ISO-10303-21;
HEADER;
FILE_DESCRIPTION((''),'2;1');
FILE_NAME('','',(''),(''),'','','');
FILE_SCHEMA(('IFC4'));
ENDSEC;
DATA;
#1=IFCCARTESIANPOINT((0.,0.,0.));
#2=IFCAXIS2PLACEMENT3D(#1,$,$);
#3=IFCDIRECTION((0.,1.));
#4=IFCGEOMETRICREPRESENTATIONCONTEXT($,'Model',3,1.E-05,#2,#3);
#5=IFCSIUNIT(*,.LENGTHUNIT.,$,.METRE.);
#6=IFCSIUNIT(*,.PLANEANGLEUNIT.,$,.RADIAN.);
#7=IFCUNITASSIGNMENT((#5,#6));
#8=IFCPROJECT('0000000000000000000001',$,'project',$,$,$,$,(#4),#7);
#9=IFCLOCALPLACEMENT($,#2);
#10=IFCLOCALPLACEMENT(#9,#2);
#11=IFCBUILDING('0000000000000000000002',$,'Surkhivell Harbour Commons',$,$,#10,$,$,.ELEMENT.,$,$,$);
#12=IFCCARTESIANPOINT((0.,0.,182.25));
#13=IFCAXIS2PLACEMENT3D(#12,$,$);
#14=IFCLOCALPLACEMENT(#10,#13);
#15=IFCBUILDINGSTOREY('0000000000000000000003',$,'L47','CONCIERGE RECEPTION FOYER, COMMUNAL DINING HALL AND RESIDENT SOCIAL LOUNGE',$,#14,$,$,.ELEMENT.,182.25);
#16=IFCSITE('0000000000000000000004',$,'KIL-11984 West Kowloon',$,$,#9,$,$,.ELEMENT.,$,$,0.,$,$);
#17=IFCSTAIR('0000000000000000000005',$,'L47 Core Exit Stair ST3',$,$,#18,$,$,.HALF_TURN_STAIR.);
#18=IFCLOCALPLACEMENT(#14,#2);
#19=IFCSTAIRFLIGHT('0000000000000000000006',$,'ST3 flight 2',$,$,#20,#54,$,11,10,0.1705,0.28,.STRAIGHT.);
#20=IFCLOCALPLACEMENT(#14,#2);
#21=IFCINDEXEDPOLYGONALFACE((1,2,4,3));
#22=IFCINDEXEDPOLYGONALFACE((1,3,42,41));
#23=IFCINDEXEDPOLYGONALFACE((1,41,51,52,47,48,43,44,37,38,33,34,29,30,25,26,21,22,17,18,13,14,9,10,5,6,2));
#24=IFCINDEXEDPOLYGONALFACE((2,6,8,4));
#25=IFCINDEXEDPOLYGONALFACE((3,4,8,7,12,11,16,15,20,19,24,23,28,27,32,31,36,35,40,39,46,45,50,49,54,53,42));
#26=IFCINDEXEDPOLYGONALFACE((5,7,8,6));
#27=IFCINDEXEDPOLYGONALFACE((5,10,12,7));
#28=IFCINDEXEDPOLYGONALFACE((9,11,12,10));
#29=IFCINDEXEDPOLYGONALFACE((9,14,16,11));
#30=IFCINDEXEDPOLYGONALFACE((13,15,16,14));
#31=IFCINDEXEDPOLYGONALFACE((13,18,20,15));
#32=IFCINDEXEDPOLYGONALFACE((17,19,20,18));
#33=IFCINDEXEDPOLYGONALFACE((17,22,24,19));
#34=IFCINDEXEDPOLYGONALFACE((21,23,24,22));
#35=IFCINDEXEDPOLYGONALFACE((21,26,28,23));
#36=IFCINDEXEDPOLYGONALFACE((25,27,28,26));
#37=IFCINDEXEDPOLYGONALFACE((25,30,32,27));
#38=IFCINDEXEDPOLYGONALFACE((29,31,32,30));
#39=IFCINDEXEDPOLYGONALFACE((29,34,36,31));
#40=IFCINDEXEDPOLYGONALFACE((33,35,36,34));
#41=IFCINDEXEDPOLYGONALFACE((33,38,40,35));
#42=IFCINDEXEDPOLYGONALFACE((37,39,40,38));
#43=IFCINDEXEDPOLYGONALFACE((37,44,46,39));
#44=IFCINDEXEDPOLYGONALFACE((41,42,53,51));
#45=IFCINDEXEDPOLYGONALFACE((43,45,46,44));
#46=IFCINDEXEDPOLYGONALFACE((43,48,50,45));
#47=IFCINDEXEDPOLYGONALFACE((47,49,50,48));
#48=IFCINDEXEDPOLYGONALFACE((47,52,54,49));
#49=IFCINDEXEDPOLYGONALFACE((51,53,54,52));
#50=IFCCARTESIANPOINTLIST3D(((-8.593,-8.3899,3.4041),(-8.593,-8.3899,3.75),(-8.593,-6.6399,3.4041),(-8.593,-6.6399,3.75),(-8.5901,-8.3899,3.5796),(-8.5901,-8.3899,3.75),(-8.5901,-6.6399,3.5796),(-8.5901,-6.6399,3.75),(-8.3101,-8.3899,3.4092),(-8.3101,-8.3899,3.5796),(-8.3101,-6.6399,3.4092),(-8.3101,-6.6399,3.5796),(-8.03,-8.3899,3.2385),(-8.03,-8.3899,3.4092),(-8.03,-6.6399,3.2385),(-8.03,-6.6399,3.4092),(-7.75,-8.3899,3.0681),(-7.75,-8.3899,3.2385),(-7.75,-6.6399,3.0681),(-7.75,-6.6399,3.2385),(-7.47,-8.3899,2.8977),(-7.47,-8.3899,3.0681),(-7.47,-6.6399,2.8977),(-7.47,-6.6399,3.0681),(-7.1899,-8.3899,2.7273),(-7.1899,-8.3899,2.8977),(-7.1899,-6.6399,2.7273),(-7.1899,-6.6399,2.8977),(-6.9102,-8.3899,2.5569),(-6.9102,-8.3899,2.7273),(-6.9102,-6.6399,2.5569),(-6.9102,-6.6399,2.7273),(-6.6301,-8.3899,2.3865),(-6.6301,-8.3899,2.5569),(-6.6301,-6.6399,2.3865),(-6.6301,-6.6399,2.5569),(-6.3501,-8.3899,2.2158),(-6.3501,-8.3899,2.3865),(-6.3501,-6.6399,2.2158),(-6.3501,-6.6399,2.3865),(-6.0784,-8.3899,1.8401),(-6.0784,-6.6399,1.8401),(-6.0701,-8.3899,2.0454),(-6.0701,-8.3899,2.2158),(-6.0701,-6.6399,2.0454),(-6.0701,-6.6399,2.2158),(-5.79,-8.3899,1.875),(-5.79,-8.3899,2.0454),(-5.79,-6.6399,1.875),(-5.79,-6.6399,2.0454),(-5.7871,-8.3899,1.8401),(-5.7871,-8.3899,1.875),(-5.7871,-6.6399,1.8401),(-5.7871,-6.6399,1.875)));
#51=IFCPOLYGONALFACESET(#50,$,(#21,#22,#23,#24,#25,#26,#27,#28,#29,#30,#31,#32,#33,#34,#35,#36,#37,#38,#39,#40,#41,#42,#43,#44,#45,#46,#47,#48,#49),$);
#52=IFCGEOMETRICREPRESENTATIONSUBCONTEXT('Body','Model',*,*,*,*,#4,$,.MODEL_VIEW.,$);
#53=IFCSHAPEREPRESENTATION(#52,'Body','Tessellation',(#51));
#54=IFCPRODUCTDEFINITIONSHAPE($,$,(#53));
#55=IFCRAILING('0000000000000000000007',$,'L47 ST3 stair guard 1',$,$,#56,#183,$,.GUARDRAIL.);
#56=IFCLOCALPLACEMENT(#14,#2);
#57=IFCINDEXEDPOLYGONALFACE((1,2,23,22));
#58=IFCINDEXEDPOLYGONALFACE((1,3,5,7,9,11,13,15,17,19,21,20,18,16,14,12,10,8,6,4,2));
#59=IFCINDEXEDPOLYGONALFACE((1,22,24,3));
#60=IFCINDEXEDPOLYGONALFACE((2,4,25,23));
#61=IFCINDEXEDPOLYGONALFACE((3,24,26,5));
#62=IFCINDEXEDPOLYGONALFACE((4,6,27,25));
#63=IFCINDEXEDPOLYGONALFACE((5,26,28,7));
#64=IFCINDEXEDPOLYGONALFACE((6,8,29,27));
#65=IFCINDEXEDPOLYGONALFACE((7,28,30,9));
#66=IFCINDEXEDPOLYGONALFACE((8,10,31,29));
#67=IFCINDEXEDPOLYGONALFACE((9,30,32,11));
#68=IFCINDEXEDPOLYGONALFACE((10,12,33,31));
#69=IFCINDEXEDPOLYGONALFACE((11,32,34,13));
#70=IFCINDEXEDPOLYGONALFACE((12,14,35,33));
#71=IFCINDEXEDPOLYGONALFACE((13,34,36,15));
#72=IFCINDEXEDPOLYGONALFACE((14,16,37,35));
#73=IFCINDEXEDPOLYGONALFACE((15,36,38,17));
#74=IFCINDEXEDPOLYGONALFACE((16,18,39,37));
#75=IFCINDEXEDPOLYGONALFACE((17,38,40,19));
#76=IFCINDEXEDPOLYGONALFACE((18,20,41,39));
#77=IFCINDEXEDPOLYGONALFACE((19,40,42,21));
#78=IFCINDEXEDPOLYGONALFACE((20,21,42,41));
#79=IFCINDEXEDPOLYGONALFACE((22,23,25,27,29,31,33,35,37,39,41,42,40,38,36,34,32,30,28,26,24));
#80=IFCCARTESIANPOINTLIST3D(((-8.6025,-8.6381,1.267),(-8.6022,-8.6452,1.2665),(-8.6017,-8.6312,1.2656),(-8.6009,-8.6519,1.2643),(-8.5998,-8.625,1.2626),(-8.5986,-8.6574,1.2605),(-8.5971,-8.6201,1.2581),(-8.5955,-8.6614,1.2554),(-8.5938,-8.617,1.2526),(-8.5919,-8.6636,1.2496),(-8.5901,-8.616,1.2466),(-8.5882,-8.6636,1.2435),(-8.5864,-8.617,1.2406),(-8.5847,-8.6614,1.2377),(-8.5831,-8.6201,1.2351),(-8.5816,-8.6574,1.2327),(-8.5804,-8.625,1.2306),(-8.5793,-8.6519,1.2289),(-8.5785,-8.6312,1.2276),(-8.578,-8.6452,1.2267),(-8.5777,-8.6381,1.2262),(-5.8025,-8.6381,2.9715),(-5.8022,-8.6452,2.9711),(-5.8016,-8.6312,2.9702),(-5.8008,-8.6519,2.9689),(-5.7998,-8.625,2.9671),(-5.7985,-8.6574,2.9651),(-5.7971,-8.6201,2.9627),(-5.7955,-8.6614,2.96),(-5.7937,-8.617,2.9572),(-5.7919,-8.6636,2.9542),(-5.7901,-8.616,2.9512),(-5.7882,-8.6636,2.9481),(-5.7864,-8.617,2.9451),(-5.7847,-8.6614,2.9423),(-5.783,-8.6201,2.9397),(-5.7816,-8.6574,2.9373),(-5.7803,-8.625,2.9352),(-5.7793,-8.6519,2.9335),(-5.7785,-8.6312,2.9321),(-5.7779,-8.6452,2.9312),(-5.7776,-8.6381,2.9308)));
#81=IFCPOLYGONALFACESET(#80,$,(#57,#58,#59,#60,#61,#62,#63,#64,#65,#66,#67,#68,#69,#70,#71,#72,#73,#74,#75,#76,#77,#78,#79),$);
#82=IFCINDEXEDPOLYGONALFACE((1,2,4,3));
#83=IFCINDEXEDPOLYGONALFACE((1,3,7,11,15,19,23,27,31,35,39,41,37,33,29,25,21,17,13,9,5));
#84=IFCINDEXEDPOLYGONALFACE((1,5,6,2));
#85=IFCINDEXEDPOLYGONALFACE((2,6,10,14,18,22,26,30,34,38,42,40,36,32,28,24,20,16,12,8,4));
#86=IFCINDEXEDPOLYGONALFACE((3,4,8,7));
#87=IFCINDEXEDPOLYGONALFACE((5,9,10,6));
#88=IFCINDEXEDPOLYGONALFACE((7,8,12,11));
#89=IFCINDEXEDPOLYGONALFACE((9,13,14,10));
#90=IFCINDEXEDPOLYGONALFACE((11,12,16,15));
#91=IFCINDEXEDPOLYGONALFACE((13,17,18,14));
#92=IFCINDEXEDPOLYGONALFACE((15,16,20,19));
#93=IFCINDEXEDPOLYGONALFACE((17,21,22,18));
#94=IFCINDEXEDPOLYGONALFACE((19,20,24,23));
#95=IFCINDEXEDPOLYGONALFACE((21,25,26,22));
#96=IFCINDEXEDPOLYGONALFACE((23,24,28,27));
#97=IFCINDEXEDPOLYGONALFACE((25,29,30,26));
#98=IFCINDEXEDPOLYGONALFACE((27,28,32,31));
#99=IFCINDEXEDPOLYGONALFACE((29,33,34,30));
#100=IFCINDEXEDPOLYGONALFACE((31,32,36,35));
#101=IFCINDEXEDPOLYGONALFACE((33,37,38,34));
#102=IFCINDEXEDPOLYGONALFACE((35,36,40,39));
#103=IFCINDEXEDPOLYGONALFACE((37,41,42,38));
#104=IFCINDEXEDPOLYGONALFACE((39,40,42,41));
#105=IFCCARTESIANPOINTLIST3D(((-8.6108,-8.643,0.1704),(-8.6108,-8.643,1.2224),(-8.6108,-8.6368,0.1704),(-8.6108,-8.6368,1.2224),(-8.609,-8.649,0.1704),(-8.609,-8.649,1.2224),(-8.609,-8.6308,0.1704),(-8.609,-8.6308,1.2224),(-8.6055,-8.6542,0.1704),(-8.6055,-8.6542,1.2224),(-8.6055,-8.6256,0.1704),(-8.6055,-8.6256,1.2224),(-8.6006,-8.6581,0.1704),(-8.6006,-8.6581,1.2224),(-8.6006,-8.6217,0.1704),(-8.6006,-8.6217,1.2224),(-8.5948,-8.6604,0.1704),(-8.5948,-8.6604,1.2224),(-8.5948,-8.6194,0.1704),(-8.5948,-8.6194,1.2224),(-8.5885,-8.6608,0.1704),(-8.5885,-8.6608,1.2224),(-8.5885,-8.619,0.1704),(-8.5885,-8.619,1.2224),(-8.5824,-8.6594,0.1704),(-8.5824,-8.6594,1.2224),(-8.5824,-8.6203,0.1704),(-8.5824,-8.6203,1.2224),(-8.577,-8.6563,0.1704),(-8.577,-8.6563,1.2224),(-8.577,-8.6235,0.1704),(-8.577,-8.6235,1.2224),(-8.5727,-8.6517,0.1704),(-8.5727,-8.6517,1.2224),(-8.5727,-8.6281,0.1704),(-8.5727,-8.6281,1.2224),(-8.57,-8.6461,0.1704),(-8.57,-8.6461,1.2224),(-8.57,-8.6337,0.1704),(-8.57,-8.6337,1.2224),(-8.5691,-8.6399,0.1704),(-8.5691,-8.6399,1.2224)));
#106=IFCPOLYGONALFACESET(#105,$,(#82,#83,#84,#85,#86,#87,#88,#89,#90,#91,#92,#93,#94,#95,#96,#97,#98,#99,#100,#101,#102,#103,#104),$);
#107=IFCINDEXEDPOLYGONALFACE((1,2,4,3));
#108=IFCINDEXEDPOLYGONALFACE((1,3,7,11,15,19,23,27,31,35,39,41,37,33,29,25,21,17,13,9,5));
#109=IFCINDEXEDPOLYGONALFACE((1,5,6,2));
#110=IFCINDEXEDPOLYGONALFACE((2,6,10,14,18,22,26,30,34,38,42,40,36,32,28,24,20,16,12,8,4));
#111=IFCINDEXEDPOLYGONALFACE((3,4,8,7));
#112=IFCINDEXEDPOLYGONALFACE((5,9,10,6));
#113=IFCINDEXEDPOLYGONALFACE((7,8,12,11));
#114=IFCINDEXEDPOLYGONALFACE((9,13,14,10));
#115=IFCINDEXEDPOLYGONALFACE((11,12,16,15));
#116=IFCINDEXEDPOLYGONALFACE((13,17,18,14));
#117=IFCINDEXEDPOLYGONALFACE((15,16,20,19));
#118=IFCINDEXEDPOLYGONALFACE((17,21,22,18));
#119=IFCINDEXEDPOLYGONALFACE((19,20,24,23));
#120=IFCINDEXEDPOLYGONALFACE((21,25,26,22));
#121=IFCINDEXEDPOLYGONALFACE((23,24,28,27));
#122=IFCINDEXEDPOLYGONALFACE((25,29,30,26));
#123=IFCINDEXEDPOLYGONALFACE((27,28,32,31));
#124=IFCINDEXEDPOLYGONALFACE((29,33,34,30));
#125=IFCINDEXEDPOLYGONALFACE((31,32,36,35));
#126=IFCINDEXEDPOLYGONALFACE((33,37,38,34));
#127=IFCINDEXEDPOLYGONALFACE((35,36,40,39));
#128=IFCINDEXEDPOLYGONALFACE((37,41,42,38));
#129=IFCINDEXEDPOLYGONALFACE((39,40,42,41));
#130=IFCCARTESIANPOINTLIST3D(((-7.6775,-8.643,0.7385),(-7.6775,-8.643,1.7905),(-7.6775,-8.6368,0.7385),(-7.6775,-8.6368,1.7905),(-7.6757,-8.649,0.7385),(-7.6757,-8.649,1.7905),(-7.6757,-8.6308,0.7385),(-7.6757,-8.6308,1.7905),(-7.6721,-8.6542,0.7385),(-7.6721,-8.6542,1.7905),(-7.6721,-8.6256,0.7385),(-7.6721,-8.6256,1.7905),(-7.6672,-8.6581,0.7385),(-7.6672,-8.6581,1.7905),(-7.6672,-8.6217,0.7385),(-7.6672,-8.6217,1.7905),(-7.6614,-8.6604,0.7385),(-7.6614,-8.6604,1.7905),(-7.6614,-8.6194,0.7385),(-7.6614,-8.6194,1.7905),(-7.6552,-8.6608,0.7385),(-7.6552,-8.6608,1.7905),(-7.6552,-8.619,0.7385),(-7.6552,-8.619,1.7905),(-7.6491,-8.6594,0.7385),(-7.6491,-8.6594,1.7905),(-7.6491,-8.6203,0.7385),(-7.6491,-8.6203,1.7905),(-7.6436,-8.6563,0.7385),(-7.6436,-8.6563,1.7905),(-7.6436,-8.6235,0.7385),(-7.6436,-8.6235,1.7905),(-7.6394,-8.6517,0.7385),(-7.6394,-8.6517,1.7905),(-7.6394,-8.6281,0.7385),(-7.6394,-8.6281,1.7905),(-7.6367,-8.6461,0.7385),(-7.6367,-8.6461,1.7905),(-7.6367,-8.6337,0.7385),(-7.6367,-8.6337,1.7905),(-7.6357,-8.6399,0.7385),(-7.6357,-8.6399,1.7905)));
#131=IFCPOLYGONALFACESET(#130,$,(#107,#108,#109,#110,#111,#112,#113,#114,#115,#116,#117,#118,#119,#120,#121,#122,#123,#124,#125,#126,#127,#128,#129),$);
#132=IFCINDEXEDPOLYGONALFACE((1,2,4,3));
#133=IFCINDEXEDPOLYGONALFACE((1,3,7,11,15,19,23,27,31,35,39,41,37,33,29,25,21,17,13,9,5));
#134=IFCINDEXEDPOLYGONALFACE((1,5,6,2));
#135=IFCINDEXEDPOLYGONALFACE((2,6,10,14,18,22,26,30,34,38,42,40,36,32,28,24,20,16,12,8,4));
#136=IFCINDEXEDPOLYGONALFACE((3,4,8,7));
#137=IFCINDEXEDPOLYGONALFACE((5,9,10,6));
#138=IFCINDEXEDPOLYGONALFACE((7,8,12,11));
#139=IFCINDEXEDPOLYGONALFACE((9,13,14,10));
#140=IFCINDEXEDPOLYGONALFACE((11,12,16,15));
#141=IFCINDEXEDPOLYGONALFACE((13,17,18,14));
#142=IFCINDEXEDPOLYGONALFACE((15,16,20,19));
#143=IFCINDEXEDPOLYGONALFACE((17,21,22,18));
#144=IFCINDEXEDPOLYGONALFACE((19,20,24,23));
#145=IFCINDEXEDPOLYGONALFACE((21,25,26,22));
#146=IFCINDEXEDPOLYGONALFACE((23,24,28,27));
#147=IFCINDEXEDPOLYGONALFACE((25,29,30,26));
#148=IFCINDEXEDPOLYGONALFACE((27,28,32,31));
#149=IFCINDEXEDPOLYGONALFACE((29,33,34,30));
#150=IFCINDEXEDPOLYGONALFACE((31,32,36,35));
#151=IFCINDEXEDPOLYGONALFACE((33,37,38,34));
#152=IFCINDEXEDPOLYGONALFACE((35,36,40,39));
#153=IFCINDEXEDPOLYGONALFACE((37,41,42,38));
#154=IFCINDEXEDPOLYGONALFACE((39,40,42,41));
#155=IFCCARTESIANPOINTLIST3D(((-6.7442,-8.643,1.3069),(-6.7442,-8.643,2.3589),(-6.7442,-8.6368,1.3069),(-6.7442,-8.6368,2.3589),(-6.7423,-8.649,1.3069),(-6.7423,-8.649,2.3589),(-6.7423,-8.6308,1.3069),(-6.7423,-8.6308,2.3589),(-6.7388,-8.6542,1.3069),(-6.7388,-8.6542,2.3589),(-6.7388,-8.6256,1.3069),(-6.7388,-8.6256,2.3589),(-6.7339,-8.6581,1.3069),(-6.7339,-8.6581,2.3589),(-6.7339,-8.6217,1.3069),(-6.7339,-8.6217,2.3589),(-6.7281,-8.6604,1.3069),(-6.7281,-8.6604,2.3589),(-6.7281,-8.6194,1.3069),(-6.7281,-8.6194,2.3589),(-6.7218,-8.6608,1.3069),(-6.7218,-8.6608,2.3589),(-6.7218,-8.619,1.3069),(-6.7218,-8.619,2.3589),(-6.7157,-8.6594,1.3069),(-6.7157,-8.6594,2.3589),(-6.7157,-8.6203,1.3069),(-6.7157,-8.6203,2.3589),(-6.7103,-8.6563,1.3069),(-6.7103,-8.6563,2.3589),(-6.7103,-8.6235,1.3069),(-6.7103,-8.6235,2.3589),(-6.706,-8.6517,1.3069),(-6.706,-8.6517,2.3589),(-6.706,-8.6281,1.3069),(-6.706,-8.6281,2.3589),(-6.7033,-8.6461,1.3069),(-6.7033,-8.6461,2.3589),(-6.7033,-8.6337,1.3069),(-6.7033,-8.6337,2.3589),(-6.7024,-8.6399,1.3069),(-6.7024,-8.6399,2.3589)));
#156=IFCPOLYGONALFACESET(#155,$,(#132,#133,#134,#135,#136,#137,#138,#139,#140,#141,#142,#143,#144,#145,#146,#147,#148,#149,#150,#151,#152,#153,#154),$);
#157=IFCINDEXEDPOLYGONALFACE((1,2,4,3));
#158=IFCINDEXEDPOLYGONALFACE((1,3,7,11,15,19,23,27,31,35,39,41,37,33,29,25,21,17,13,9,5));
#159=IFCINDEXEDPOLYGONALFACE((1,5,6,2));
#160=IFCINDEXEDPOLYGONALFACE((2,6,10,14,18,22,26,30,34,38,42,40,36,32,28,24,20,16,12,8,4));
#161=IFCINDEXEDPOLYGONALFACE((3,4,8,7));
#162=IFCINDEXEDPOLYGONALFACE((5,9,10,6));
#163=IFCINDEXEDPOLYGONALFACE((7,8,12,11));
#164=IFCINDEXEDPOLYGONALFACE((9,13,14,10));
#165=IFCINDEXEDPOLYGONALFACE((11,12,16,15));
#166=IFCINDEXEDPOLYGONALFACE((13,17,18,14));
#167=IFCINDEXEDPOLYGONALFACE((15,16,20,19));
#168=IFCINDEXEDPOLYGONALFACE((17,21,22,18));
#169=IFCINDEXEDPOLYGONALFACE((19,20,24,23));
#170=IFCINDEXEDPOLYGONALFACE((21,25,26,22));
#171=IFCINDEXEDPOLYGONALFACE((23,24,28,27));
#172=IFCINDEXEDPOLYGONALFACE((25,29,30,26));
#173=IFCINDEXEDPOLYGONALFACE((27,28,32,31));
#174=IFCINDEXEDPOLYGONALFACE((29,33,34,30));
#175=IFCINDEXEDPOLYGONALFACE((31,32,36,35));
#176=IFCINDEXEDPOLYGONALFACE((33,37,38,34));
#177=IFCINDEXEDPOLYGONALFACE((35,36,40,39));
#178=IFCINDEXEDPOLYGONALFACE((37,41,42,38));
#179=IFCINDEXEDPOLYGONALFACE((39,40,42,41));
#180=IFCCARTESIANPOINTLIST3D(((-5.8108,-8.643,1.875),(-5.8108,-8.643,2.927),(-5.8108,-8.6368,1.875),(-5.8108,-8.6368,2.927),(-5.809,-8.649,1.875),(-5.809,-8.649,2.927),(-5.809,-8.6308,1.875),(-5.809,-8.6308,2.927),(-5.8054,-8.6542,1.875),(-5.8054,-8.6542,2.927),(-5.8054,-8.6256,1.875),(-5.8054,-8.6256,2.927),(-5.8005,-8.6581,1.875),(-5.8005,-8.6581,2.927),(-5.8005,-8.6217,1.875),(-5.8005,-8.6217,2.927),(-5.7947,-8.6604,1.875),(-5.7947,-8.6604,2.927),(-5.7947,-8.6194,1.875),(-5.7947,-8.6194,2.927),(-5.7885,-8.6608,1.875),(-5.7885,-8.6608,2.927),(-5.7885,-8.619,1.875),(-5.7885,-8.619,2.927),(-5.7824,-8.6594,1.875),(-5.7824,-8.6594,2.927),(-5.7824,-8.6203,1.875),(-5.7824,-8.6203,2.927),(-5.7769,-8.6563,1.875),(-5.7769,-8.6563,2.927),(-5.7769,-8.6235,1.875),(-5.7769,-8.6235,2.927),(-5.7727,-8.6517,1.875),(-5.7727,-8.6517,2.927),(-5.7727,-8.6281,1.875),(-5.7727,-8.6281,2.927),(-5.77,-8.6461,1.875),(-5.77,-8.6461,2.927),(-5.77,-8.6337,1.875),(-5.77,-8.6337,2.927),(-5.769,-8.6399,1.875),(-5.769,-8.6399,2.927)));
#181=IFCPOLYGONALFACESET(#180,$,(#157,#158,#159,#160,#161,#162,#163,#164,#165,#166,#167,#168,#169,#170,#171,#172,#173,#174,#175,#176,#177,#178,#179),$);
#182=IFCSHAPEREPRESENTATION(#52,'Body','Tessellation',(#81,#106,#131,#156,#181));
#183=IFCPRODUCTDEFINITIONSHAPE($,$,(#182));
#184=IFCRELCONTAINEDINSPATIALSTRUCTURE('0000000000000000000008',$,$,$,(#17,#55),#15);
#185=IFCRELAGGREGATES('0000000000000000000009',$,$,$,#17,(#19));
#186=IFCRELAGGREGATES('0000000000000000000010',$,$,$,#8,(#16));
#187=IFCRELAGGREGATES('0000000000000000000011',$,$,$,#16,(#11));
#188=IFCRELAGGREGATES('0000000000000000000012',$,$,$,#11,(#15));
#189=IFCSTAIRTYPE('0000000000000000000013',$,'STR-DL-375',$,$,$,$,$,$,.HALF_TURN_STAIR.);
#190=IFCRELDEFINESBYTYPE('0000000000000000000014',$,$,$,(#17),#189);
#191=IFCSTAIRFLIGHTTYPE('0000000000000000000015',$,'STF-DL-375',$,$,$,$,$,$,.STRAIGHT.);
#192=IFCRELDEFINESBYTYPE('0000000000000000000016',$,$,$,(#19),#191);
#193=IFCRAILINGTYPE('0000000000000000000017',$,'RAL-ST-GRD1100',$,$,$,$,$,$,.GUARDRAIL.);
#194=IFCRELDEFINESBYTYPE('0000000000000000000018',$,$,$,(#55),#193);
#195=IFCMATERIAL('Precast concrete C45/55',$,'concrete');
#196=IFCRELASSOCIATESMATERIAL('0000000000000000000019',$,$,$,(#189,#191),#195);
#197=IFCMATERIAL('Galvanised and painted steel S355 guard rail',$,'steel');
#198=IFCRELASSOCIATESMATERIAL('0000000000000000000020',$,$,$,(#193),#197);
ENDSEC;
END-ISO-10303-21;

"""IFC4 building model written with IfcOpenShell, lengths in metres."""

from ifc_helpers import new_model, si_unit, direction, frame, origin, origin_2d, place, context, subcontext, project, spatial, polyline, circle, outline, extrude, material, type_object, element, aggregate, save


model = new_model("IFC4")

# Units and contexts
model_context = context("Model", 3, precision=1e-05, world=origin(), true_north=direction((0.0, 1.0)))
body_context = subcontext(model_context, "Body", "Model", "MODEL_VIEW")
ifc_project = project(units=[si_unit("LENGTHUNIT", "METRE"), si_unit("PLANEANGLEUNIT", "RADIAN")], contexts=[model_context])

# Site, building, storey
site_placement = place(None, origin())
site = spatial("IfcSite", under=ifc_project, at=site_placement, Name="KIL-11984 West Kowloon", CompositionType="ELEMENT", RefElevation=0.0)
building_placement = place(site_placement, origin())
building = spatial("IfcBuilding", under=site, at=building_placement, Name="Surkhivell Harbour Commons", CompositionType="ELEMENT")
storey_placement = place(building_placement, frame((0.0, 0.0, 182.25)))
storey = spatial("IfcBuildingStorey", under=building, at=storey_placement, Name="L47", Description="CONCIERGE RECEPTION FOYER, COMMUNAL DINING HALL AND RESIDENT SOCIAL LOUNGE", CompositionType="ELEMENT", Elevation=182.25)

# Stair, stair flight
ifc_material_1 = material(Name="Precast concrete C45/55", Category="concrete")
stair_type = type_object("IfcStairType", Name="STR-DL-375", PredefinedType="HALF_TURN_STAIR", material=ifc_material_1)
stair_placement = place(storey_placement, origin())
stair = element("IfcStair", 1, at=stair_placement, inside=storey, type_object=stair_type, Name="L47 Core Exit Stair ST3", PredefinedType="HALF_TURN_STAIR")
stair_flight_type = type_object("IfcStairFlightType", Name="STF-DL-375", PredefinedType="STRAIGHT", material=ifc_material_1)
stair_flight_1_placement = place(storey_placement, frame((-5.79, -7.5149, 1.875), z_axis=(0.0, 0.0, 1.0), x_axis=(-1.0, 0.0, 0.0)))
stair_flight_1 = element("IfcStairFlight", 2, at=stair_flight_1_placement, type_object=stair_flight_type, Name="ST3 flight 2", NumberOfRisers=11, NumberOfTreads=10, PredefinedType="STRAIGHT", RiserHeight=0.1705, TreadLength=0.28, context=body_context, shape_type="SweptSolid", body=[
    extrude(outline(polyline([(-0.0029, -0.0349), (-0.0029, 0.0), (0.0, 0.0), (0.0, 0.1704), (0.28, 0.1704), (0.28, 0.3408), (0.5601, 0.3408), (0.5601, 0.5115), (0.8401, 0.5115), (0.8401, 0.6819), (1.1201, 0.6819), (1.1201, 0.8523), (1.3999, 0.8523), (1.3999, 1.0227), (1.6799, 1.0227), (1.6799, 1.1931), (1.96, 1.1931), (1.96, 1.3635), (2.24, 1.3635), (2.24, 1.5342), (2.52, 1.5342), (2.52, 1.7046), (2.8, 1.7046), (2.8, 1.875), (2.803, 1.875), (2.803, 1.5291), (0.2883, -0.0349), (-0.0029, -0.0349)])), frame((0.0, 0.875, 0.0), z_axis=(0.0, -1.0, 0.0), x_axis=(1.0, 0.0, 0.0)), (0.0, 0.0, 1.0), 1.75),
])
aggregate(stair, [stair_flight_1])

# Railing
ifc_material_2 = material(Name="Galvanised and painted steel S355 guard rail", Category="steel")
railing_type_1 = type_object("IfcRailingType", Name="RAL-ST-GRD1100", PredefinedType="GUARDRAIL", material=ifc_material_2)
railing_1_placement = place(storey_placement, frame((-8.5901, -8.6399, 0.1704)))
element("IfcRailing", 3, at=railing_1_placement, inside=storey, type_object=railing_type_1, Name="L47 ST3 stair guard 1", PredefinedType="GUARDRAIL", context=body_context, shape_type="SweptSolid", body=[
    extrude(circle(Radius=0.0239, at=origin_2d()), frame((0.0, 0.0, 1.0762), z_axis=(0.85417, 0.0, 0.519994), x_axis=(0.0, 1.0, 0.0)), (0.0, 0.0, 1.0), 3.2781),
    extrude(circle(Radius=0.021, at=origin_2d()), origin(), (0.0, 0.0, 1.0), 1.052),
    extrude(circle(Radius=0.021, at=origin_2d()), frame((0.9333, 0.0, 0.5681)), (0.0, 0.0, 1.0), 1.052),
    extrude(circle(Radius=0.021, at=origin_2d()), frame((1.8667, 0.0, 1.1365)), (0.0, 0.0, 1.0), 1.052),
    extrude(circle(Radius=0.021, at=origin_2d()), frame((2.8, 0.0, 1.7046)), (0.0, 0.0, 1.0), 1.052),
])

save(model, "model.ifc")
